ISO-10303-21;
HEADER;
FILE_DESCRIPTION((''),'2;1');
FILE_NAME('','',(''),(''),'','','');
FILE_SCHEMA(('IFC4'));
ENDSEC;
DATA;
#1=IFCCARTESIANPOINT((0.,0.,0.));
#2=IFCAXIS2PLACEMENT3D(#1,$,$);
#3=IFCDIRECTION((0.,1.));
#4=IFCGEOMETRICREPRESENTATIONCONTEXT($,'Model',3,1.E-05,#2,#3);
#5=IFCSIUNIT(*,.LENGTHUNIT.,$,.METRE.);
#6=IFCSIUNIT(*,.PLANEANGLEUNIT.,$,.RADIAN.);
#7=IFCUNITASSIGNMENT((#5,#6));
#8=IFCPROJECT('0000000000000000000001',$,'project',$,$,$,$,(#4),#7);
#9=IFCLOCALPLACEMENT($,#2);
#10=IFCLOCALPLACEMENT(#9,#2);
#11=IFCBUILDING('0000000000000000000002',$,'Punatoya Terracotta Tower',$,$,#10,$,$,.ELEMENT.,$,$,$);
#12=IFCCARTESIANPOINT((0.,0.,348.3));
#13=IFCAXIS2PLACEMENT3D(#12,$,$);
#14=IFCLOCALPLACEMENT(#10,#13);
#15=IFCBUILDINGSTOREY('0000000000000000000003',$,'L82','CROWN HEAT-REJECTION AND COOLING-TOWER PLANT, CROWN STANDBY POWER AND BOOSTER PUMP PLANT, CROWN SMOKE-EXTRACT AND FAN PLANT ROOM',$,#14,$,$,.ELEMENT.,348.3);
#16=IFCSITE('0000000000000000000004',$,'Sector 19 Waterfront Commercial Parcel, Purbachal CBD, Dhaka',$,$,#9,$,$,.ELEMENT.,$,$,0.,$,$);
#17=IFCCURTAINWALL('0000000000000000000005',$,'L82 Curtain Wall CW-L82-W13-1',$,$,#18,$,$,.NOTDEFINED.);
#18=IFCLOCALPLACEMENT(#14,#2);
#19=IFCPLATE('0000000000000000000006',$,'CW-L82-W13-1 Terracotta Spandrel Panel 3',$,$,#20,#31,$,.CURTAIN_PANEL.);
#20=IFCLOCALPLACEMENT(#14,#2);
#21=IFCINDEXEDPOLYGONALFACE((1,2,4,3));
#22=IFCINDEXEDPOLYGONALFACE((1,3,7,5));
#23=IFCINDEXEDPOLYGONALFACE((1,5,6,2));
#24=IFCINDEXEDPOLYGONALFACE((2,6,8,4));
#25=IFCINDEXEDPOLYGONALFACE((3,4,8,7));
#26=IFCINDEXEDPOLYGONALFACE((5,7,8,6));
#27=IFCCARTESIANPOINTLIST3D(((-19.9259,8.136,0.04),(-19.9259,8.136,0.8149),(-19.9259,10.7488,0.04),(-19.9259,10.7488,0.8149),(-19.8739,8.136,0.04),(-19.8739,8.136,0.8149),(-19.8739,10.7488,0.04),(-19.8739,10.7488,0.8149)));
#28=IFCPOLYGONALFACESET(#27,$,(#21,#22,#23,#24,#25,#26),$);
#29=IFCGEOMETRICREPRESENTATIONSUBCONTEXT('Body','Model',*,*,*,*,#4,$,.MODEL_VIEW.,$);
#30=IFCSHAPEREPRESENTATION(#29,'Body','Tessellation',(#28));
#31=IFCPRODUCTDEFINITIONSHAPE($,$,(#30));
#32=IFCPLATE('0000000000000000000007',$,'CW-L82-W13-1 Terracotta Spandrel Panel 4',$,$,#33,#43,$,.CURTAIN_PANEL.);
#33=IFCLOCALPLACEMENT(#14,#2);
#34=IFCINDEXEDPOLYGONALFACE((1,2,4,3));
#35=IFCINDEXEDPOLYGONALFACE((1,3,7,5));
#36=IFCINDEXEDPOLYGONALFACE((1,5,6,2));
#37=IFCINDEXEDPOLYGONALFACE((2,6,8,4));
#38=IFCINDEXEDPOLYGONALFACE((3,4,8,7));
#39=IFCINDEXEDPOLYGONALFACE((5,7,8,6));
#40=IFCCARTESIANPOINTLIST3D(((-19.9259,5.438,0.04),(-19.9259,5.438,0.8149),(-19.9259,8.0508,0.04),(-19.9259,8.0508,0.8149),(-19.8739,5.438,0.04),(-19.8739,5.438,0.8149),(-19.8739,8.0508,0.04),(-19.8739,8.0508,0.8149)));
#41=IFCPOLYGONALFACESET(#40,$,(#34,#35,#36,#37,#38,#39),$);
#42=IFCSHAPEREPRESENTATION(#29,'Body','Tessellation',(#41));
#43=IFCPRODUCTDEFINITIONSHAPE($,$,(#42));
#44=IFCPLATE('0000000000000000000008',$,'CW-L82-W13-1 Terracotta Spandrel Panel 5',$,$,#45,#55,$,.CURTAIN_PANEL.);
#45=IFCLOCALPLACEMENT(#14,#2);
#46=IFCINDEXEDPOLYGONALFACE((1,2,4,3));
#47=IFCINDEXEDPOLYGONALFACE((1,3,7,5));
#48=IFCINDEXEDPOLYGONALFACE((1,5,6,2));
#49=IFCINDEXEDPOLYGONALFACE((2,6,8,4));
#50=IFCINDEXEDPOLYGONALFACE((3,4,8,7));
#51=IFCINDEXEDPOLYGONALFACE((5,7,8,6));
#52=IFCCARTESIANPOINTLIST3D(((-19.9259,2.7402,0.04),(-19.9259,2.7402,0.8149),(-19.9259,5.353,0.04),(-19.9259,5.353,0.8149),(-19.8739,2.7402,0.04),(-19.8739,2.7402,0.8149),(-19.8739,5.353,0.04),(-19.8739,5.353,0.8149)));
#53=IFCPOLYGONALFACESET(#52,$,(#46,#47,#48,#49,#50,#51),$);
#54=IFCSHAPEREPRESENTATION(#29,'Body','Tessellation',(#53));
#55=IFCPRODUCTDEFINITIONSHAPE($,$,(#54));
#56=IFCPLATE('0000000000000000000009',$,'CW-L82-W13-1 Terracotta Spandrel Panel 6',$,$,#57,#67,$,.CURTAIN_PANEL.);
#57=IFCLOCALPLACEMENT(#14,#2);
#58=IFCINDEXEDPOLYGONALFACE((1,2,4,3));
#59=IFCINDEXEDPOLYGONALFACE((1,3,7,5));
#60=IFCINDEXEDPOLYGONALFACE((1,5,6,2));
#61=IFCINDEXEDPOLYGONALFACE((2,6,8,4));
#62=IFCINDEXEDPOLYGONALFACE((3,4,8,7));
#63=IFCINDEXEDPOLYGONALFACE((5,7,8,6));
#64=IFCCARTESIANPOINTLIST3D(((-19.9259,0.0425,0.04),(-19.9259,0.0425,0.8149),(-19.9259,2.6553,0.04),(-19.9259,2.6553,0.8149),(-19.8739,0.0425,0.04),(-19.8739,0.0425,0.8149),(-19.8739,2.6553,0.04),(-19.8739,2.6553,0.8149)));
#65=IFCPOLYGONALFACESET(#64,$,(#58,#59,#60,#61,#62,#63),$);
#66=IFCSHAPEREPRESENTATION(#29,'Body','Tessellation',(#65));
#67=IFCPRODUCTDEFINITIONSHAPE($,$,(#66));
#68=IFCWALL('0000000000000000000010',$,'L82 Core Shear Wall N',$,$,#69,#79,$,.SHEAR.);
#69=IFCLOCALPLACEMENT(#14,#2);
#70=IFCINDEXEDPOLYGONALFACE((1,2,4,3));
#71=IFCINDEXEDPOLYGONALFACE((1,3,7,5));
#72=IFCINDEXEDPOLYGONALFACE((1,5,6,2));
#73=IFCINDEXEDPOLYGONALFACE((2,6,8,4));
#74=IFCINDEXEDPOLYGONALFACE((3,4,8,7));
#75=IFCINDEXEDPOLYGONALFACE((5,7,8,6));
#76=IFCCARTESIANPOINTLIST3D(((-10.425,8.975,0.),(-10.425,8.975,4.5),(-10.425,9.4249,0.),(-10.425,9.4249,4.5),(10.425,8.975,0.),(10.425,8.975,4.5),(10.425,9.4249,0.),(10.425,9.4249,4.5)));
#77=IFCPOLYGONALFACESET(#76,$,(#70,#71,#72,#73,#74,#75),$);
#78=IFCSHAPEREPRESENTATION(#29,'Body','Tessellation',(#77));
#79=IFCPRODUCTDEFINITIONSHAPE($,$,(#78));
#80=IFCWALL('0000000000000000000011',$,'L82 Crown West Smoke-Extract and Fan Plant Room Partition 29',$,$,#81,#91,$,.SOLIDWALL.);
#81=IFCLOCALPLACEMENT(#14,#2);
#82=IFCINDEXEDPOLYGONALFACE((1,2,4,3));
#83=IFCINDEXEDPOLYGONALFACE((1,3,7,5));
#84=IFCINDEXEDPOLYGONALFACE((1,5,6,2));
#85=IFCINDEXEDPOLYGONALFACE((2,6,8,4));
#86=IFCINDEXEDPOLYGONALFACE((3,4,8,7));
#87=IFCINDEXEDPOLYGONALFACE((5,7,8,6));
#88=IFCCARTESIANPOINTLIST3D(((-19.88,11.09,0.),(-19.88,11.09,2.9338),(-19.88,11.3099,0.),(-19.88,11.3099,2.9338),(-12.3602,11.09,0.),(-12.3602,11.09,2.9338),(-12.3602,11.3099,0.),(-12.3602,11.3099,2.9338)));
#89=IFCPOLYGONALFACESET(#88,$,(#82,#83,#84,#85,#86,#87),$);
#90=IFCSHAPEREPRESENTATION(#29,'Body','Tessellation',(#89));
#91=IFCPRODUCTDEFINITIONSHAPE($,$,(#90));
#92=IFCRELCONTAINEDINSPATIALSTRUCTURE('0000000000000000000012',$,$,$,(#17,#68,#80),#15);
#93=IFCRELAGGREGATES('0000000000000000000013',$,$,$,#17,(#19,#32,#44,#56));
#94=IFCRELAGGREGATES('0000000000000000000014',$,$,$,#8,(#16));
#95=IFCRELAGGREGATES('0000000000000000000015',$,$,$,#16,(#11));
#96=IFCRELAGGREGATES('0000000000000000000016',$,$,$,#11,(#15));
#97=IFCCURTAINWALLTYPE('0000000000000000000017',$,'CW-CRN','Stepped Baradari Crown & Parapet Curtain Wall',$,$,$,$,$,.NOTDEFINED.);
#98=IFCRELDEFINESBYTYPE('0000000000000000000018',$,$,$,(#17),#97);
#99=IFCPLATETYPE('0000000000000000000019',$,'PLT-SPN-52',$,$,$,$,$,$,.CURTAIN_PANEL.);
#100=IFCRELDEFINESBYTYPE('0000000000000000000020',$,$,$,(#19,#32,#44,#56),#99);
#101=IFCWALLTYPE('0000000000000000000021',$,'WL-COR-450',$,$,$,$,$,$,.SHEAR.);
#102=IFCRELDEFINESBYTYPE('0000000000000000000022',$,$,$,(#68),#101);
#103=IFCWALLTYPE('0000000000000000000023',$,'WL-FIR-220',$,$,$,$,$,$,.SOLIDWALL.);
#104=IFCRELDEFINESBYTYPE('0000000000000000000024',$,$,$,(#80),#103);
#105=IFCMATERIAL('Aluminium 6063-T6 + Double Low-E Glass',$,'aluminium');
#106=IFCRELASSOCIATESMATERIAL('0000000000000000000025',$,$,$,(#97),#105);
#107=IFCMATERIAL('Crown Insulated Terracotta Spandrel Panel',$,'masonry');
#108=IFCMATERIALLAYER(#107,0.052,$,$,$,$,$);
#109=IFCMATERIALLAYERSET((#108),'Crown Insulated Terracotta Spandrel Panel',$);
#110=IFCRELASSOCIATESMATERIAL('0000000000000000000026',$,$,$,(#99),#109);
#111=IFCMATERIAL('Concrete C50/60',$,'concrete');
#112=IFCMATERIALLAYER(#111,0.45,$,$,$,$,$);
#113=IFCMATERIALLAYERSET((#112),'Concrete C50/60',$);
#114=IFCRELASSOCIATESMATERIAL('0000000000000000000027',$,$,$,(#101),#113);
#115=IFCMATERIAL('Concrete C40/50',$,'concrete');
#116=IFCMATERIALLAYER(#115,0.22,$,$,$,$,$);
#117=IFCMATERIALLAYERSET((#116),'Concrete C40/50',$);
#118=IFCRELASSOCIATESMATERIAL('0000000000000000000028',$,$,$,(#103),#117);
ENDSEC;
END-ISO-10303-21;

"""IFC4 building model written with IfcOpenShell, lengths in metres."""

from ifc_helpers import new_model, si_unit, direction, frame, frame_2d, origin, origin_2d, place, context, subcontext, project, spatial, rectangle, extrude, material, layer, layer_set, type_object, element, aggregate, save


model = new_model("IFC4")

# Units and contexts
model_context = context("Model", 3, precision=1e-05, world=origin(), true_north=direction((0.0, 1.0)))
body_context = subcontext(model_context, "Body", "Model", "MODEL_VIEW")
ifc_project = project(units=[si_unit("LENGTHUNIT", "METRE"), si_unit("PLANEANGLEUNIT", "RADIAN")], contexts=[model_context])

# Site, building, storey
site_placement = place(None, origin())
site = spatial("IfcSite", under=ifc_project, at=site_placement, Name="Sector 19 Waterfront Commercial Parcel, Purbachal CBD, Dhaka", CompositionType="ELEMENT", RefElevation=0.0)
building_placement = place(site_placement, origin())
building = spatial("IfcBuilding", under=site, at=building_placement, Name="Punatoya Terracotta Tower", CompositionType="ELEMENT")
storey_placement = place(building_placement, frame((0.0, 0.0, 348.3)))
storey = spatial("IfcBuildingStorey", under=building, at=storey_placement, Name="L82", Description="CROWN HEAT-REJECTION AND COOLING-TOWER PLANT, CROWN STANDBY POWER AND BOOSTER PUMP PLANT, CROWN SMOKE-EXTRACT AND FAN PLANT ROOM", CompositionType="ELEMENT", Elevation=348.3)

# Curtain wall
ifc_material_1 = material(Name="Aluminium 6063-T6 + Double Low-E Glass", Category="aluminium")
curtain_wall_type = type_object("IfcCurtainWallType", Name="CW-CRN", Description="Stepped Baradari Crown & Parapet Curtain Wall", PredefinedType="NOTDEFINED", material=ifc_material_1)
curtain_wall_placement = place(storey_placement, origin())
curtain_wall = element("IfcCurtainWall", 1, at=curtain_wall_placement, inside=storey, type_object=curtain_wall_type, Name="L82 Curtain Wall CW-L82-W13-1", PredefinedType="NOTDEFINED")

# Plates
ifc_material_2 = material(Name="Crown Insulated Terracotta Spandrel Panel", Category="masonry")
ifc_layer_1 = layer(ifc_material_2, 0.052)
ifc_layer_set_1 = layer_set([ifc_layer_1], Name="Crown Insulated Terracotta Spandrel Panel")
plate_type_1 = type_object("IfcPlateType", Name="PLT-SPN-52", PredefinedType="CURTAIN_PANEL", material=ifc_layer_set_1)
plate_1_placement = place(storey_placement, frame((-19.8999, 9.4424, 0.04), z_axis=(0.0, 0.0, 1.0), x_axis=(0.0, -1.0, 0.0)))
plate_1 = element("IfcPlate", 2, at=plate_1_placement, type_object=plate_type_1, Name="CW-L82-W13-1 Terracotta Spandrel Panel 3", PredefinedType="CURTAIN_PANEL", context=body_context, shape_type="SweptSolid", body=[
    extrude(rectangle(XDim=2.6128, YDim=0.052, at=origin_2d()), origin(), (0.0, 0.0, 1.0), 0.7749),
])
plate_2_placement = place(storey_placement, frame((-19.8999, 6.7444, 0.04), z_axis=(0.0, 0.0, 1.0), x_axis=(0.0, -1.0, 0.0)))
plate_2 = element("IfcPlate", 3, at=plate_2_placement, type_object=plate_type_1, Name="CW-L82-W13-1 Terracotta Spandrel Panel 4", PredefinedType="CURTAIN_PANEL", context=body_context, shape_type="SweptSolid", body=[
    extrude(rectangle(XDim=2.6128, YDim=0.052, at=origin_2d()), origin(), (0.0, 0.0, 1.0), 0.7749),
])
plate_3_placement = place(storey_placement, frame((-19.8999, 4.0466, 0.04), z_axis=(0.0, 0.0, 1.0), x_axis=(0.0, -1.0, 0.0)))
plate_3 = element("IfcPlate", 4, at=plate_3_placement, type_object=plate_type_1, Name="CW-L82-W13-1 Terracotta Spandrel Panel 5", PredefinedType="CURTAIN_PANEL", context=body_context, shape_type="SweptSolid", body=[
    extrude(rectangle(XDim=2.6128, YDim=0.052, at=origin_2d()), origin(), (0.0, 0.0, 1.0), 0.7749),
])
plate_4_placement = place(storey_placement, frame((-19.8999, 1.3489, 0.04), z_axis=(0.0, 0.0, 1.0), x_axis=(0.0, -1.0, 0.0)))
plate_4 = element("IfcPlate", 5, at=plate_4_placement, type_object=plate_type_1, Name="CW-L82-W13-1 Terracotta Spandrel Panel 6", PredefinedType="CURTAIN_PANEL", context=body_context, shape_type="SweptSolid", body=[
    extrude(rectangle(XDim=2.6128, YDim=0.052, at=origin_2d()), origin(), (0.0, 0.0, 1.0), 0.7749),
])
aggregate(curtain_wall, [plate_1, plate_2, plate_3, plate_4])

# Walls
ifc_material_3 = material(Name="Concrete C50/60", Category="concrete")
ifc_layer_2 = layer(ifc_material_3, 0.45)
ifc_layer_set_2 = layer_set([ifc_layer_2], Name="Concrete C50/60")
wall_type_1 = type_object("IfcWallType", Name="WL-COR-450", PredefinedType="SHEAR", material=ifc_layer_set_2)
wall_1_placement = place(storey_placement, frame((-10.425, 9.2, 0.0), z_axis=(0.0, 0.0, 1.0), x_axis=(1.0, 0.0, 0.0)))
element("IfcWall", 6, at=wall_1_placement, inside=storey, type_object=wall_type_1, Name="L82 Core Shear Wall N", PredefinedType="SHEAR", context=body_context, shape_type="SweptSolid", body=[
    extrude(rectangle(XDim=20.8501, YDim=0.45, at=frame_2d((10.425, 0.0))), origin(), (0.0, 0.0, 1.0), 4.5),
])
ifc_material_4 = material(Name="Concrete C40/50", Category="concrete")
ifc_layer_3 = layer(ifc_material_4, 0.22)
ifc_layer_set_3 = layer_set([ifc_layer_3], Name="Concrete C40/50")
wall_type_2 = type_object("IfcWallType", Name="WL-FIR-220", PredefinedType="SOLIDWALL", material=ifc_layer_set_3)
wall_2_placement = place(storey_placement, frame((-19.8799, 11.2, 0.0), z_axis=(0.0, 0.0, 1.0), x_axis=(1.0, 0.0, 0.0)))
element("IfcWall", 7, at=wall_2_placement, inside=storey, type_object=wall_type_2, Name="L82 Crown West Smoke-Extract and Fan Plant Room Partition 29", PredefinedType="SOLIDWALL", context=body_context, shape_type="SweptSolid", body=[
    extrude(rectangle(XDim=7.5198, YDim=0.22, at=frame_2d((3.7598, 0.0))), origin(), (0.0, 0.0, 1.0), 2.9338),
])

save(model, "model.ifc")
